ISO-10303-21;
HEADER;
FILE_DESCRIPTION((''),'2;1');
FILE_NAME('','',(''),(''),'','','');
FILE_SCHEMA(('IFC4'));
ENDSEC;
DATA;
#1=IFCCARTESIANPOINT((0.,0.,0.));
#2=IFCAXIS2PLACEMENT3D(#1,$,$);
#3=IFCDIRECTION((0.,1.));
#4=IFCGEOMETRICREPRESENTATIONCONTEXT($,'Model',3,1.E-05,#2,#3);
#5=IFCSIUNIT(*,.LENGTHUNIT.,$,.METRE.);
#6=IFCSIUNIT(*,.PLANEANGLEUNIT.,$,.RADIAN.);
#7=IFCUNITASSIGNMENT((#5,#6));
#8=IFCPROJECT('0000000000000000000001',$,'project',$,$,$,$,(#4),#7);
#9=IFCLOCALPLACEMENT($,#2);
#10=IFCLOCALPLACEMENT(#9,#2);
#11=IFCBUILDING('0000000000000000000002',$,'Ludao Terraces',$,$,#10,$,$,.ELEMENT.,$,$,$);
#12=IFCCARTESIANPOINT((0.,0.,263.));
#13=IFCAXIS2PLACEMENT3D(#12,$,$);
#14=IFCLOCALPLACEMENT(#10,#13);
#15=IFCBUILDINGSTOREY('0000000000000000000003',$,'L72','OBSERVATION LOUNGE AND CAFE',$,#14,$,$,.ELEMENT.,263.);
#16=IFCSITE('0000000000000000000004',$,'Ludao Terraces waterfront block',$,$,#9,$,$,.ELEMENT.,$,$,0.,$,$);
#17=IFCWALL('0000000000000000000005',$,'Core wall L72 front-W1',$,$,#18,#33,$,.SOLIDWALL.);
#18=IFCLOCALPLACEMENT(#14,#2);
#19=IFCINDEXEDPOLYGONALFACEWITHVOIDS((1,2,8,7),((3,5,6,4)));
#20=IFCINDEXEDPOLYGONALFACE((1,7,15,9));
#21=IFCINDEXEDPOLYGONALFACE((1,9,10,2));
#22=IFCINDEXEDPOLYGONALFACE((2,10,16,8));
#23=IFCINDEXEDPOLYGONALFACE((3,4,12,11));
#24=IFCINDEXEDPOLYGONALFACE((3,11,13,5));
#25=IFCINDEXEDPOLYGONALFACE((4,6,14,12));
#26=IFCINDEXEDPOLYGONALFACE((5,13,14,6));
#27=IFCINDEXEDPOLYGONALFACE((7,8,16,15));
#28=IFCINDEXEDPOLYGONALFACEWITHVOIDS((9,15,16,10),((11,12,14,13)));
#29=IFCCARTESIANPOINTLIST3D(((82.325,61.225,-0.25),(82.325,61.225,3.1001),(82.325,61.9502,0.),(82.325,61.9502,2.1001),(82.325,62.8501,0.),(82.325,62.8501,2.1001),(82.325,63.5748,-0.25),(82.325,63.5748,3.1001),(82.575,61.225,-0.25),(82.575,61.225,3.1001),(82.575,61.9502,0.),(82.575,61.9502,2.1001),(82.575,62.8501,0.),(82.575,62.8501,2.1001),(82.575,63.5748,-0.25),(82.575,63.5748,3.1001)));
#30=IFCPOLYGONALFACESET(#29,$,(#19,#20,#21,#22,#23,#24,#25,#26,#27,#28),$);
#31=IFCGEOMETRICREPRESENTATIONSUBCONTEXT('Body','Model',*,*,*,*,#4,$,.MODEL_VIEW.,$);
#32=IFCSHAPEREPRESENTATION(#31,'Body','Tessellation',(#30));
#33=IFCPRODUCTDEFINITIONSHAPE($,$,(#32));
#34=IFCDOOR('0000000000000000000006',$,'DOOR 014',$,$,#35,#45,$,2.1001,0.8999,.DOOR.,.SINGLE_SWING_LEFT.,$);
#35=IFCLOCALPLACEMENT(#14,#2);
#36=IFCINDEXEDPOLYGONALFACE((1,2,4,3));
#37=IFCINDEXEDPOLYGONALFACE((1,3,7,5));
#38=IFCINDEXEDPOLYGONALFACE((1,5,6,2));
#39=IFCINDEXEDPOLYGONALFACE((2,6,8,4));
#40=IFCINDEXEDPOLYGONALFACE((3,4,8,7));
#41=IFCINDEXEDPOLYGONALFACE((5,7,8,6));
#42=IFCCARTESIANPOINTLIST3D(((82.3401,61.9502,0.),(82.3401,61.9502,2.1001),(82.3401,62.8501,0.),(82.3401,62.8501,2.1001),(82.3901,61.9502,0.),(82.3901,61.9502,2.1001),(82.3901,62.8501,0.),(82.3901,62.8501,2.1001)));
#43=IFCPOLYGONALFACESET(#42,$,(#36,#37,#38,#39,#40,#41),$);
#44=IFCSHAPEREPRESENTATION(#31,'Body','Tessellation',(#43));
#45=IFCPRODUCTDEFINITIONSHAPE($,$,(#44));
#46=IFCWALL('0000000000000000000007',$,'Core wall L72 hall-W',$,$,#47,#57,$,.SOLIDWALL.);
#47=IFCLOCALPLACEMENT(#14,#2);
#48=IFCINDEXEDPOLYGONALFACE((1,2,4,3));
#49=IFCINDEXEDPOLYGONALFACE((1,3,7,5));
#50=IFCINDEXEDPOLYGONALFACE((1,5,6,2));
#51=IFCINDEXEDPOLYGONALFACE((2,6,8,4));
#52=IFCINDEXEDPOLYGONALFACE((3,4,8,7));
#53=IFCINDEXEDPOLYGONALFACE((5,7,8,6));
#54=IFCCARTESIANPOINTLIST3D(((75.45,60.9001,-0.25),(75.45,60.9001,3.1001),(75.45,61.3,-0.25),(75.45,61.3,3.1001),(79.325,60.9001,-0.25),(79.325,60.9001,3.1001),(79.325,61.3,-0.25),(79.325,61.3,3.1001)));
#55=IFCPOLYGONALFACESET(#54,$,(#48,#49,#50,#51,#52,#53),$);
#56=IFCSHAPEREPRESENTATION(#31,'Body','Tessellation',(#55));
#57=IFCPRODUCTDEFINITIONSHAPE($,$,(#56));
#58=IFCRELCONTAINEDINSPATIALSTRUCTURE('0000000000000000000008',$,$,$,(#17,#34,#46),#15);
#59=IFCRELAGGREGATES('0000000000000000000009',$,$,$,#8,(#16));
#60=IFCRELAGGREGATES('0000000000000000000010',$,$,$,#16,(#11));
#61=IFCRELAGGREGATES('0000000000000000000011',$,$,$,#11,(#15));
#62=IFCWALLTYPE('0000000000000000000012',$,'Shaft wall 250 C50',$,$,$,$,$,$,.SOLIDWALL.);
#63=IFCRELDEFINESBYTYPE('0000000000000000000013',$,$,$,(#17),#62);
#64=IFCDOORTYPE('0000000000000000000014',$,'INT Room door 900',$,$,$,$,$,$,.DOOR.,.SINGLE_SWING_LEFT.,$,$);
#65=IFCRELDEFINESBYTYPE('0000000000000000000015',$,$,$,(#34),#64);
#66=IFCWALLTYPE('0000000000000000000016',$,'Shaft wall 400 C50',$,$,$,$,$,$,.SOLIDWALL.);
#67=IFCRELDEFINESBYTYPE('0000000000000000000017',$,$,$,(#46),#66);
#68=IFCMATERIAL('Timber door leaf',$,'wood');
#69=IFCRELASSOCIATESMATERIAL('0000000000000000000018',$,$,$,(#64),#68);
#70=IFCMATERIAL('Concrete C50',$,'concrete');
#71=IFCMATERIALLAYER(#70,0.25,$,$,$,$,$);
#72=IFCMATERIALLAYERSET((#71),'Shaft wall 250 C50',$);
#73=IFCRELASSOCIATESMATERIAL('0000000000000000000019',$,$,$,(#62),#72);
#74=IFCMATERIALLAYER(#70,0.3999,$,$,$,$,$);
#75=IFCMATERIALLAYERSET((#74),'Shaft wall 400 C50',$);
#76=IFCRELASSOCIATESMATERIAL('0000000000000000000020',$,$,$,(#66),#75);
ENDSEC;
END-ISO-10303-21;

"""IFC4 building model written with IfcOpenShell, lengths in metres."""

from ifc_helpers import new_model, si_unit, direction, frame, frame_2d, origin, place, context, subcontext, project, spatial, rectangle, extrude, material, layer, layer_set, type_object, element, fill, save


model = new_model("IFC4")

# Units and contexts
model_context = context("Model", 3, precision=1e-05, world=origin(), true_north=direction((0.0, 1.0)))
body_context = subcontext(model_context, "Body", "Model", "MODEL_VIEW")
ifc_project = project(units=[si_unit("LENGTHUNIT", "METRE"), si_unit("PLANEANGLEUNIT", "RADIAN")], contexts=[model_context])

# Site, building, storey
site_placement = place(None, origin())
site = spatial("IfcSite", under=ifc_project, at=site_placement, Name="Ludao Terraces waterfront block", CompositionType="ELEMENT", RefElevation=0.0)
building_placement = place(site_placement, origin())
building = spatial("IfcBuilding", under=site, at=building_placement, Name="Ludao Terraces", CompositionType="ELEMENT")
storey_placement = place(building_placement, frame((0.0, 0.0, 263.0)))
storey = spatial("IfcBuildingStorey", under=building, at=storey_placement, Name="L72", Description="OBSERVATION LOUNGE AND CAFE", CompositionType="ELEMENT", Elevation=263.0)

# Shared definitions
ifc_material_1 = material(Name="Concrete C50", Category="concrete")
ifc_material_2 = material(Name="Timber door leaf", Category="wood")
door_type_1 = type_object("IfcDoorType", Name="INT Room door 900", OperationType="SINGLE_SWING_LEFT", PredefinedType="DOOR", material=ifc_material_2)

# Shared definitions
ifc_layer_1 = layer(ifc_material_1, 0.25)
ifc_layer_set_1 = layer_set([ifc_layer_1], Name="Shaft wall 250 C50")
wall_type_1 = type_object("IfcWallType", Name="Shaft wall 250 C50", PredefinedType="SOLIDWALL", material=ifc_layer_set_1)

# Wall, opening, door
wall_1_placement = place(storey_placement, frame((82.45, 61.2251, -0.25), z_axis=(0.0, 0.0, 1.0), x_axis=(0.0, 1.0, 0.0)))
wall_1 = element("IfcWall", 1, at=wall_1_placement, inside=storey, type_object=wall_type_1, Name="Core wall L72 front-W1", PredefinedType="SOLIDWALL", context=body_context, shape_type="SweptSolid", body=[
    extrude(rectangle(XDim=2.3499, YDim=0.25, at=frame_2d((1.1748, 0.0))), origin(), (0.0, 0.0, 1.0), 3.3501),
])
opening_1_placement = place(wall_1_placement, frame((0.7251, 0.0, 0.25)))
opening_1 = element("IfcOpeningElement", 2, at=opening_1_placement, cuts=wall_1, PredefinedType="OPENING", context=body_context, shape_type="SweptSolid", body=[
    extrude(rectangle(XDim=0.8999, YDim=2.1001, at=frame_2d((0.45, 1.05))), frame((0.0, 0.135, 0.0), z_axis=(0.0, -1.0, 0.0), x_axis=(1.0, 0.0, 0.0)), (0.0, 0.0, 1.0), 0.27),
])
door_1_placement = place(opening_1_placement, origin())
door_1 = element("IfcDoor", 3, at=door_1_placement, inside=storey, type_object=door_type_1, Name="DOOR 014", OperationType="SINGLE_SWING_LEFT", OverallHeight=2.1001, OverallWidth=0.8999, PredefinedType="DOOR", context=body_context, shape_type="SweptSolid", body=[
    extrude(rectangle(XDim=0.8999, YDim=2.1001, at=frame_2d((0.45, 1.05))), frame((0.0, 0.1099, 0.0), z_axis=(0.0, -1.0, 0.0), x_axis=(1.0, 0.0, 0.0)), (0.0, 0.0, 1.0), 0.05),
])
fill(opening_1, door_1)

# Wall
ifc_layer_2 = layer(ifc_material_1, 0.3999)
ifc_layer_set_2 = layer_set([ifc_layer_2], Name="Shaft wall 400 C50")
wall_type_2 = type_object("IfcWallType", Name="Shaft wall 400 C50", PredefinedType="SOLIDWALL", material=ifc_layer_set_2)
wall_2_placement = place(storey_placement, frame((75.45, 61.1001, -0.25), z_axis=(0.0, 0.0, 1.0), x_axis=(1.0, 0.0, 0.0)))
element("IfcWall", 4, at=wall_2_placement, inside=storey, type_object=wall_type_2, Name="Core wall L72 hall-W", PredefinedType="SOLIDWALL", context=body_context, shape_type="SweptSolid", body=[
    extrude(rectangle(XDim=3.875, YDim=0.3999, at=frame_2d((1.9375, 0.0))), origin(), (0.0, 0.0, 1.0), 3.3501),
])

save(model, "model.ifc")
